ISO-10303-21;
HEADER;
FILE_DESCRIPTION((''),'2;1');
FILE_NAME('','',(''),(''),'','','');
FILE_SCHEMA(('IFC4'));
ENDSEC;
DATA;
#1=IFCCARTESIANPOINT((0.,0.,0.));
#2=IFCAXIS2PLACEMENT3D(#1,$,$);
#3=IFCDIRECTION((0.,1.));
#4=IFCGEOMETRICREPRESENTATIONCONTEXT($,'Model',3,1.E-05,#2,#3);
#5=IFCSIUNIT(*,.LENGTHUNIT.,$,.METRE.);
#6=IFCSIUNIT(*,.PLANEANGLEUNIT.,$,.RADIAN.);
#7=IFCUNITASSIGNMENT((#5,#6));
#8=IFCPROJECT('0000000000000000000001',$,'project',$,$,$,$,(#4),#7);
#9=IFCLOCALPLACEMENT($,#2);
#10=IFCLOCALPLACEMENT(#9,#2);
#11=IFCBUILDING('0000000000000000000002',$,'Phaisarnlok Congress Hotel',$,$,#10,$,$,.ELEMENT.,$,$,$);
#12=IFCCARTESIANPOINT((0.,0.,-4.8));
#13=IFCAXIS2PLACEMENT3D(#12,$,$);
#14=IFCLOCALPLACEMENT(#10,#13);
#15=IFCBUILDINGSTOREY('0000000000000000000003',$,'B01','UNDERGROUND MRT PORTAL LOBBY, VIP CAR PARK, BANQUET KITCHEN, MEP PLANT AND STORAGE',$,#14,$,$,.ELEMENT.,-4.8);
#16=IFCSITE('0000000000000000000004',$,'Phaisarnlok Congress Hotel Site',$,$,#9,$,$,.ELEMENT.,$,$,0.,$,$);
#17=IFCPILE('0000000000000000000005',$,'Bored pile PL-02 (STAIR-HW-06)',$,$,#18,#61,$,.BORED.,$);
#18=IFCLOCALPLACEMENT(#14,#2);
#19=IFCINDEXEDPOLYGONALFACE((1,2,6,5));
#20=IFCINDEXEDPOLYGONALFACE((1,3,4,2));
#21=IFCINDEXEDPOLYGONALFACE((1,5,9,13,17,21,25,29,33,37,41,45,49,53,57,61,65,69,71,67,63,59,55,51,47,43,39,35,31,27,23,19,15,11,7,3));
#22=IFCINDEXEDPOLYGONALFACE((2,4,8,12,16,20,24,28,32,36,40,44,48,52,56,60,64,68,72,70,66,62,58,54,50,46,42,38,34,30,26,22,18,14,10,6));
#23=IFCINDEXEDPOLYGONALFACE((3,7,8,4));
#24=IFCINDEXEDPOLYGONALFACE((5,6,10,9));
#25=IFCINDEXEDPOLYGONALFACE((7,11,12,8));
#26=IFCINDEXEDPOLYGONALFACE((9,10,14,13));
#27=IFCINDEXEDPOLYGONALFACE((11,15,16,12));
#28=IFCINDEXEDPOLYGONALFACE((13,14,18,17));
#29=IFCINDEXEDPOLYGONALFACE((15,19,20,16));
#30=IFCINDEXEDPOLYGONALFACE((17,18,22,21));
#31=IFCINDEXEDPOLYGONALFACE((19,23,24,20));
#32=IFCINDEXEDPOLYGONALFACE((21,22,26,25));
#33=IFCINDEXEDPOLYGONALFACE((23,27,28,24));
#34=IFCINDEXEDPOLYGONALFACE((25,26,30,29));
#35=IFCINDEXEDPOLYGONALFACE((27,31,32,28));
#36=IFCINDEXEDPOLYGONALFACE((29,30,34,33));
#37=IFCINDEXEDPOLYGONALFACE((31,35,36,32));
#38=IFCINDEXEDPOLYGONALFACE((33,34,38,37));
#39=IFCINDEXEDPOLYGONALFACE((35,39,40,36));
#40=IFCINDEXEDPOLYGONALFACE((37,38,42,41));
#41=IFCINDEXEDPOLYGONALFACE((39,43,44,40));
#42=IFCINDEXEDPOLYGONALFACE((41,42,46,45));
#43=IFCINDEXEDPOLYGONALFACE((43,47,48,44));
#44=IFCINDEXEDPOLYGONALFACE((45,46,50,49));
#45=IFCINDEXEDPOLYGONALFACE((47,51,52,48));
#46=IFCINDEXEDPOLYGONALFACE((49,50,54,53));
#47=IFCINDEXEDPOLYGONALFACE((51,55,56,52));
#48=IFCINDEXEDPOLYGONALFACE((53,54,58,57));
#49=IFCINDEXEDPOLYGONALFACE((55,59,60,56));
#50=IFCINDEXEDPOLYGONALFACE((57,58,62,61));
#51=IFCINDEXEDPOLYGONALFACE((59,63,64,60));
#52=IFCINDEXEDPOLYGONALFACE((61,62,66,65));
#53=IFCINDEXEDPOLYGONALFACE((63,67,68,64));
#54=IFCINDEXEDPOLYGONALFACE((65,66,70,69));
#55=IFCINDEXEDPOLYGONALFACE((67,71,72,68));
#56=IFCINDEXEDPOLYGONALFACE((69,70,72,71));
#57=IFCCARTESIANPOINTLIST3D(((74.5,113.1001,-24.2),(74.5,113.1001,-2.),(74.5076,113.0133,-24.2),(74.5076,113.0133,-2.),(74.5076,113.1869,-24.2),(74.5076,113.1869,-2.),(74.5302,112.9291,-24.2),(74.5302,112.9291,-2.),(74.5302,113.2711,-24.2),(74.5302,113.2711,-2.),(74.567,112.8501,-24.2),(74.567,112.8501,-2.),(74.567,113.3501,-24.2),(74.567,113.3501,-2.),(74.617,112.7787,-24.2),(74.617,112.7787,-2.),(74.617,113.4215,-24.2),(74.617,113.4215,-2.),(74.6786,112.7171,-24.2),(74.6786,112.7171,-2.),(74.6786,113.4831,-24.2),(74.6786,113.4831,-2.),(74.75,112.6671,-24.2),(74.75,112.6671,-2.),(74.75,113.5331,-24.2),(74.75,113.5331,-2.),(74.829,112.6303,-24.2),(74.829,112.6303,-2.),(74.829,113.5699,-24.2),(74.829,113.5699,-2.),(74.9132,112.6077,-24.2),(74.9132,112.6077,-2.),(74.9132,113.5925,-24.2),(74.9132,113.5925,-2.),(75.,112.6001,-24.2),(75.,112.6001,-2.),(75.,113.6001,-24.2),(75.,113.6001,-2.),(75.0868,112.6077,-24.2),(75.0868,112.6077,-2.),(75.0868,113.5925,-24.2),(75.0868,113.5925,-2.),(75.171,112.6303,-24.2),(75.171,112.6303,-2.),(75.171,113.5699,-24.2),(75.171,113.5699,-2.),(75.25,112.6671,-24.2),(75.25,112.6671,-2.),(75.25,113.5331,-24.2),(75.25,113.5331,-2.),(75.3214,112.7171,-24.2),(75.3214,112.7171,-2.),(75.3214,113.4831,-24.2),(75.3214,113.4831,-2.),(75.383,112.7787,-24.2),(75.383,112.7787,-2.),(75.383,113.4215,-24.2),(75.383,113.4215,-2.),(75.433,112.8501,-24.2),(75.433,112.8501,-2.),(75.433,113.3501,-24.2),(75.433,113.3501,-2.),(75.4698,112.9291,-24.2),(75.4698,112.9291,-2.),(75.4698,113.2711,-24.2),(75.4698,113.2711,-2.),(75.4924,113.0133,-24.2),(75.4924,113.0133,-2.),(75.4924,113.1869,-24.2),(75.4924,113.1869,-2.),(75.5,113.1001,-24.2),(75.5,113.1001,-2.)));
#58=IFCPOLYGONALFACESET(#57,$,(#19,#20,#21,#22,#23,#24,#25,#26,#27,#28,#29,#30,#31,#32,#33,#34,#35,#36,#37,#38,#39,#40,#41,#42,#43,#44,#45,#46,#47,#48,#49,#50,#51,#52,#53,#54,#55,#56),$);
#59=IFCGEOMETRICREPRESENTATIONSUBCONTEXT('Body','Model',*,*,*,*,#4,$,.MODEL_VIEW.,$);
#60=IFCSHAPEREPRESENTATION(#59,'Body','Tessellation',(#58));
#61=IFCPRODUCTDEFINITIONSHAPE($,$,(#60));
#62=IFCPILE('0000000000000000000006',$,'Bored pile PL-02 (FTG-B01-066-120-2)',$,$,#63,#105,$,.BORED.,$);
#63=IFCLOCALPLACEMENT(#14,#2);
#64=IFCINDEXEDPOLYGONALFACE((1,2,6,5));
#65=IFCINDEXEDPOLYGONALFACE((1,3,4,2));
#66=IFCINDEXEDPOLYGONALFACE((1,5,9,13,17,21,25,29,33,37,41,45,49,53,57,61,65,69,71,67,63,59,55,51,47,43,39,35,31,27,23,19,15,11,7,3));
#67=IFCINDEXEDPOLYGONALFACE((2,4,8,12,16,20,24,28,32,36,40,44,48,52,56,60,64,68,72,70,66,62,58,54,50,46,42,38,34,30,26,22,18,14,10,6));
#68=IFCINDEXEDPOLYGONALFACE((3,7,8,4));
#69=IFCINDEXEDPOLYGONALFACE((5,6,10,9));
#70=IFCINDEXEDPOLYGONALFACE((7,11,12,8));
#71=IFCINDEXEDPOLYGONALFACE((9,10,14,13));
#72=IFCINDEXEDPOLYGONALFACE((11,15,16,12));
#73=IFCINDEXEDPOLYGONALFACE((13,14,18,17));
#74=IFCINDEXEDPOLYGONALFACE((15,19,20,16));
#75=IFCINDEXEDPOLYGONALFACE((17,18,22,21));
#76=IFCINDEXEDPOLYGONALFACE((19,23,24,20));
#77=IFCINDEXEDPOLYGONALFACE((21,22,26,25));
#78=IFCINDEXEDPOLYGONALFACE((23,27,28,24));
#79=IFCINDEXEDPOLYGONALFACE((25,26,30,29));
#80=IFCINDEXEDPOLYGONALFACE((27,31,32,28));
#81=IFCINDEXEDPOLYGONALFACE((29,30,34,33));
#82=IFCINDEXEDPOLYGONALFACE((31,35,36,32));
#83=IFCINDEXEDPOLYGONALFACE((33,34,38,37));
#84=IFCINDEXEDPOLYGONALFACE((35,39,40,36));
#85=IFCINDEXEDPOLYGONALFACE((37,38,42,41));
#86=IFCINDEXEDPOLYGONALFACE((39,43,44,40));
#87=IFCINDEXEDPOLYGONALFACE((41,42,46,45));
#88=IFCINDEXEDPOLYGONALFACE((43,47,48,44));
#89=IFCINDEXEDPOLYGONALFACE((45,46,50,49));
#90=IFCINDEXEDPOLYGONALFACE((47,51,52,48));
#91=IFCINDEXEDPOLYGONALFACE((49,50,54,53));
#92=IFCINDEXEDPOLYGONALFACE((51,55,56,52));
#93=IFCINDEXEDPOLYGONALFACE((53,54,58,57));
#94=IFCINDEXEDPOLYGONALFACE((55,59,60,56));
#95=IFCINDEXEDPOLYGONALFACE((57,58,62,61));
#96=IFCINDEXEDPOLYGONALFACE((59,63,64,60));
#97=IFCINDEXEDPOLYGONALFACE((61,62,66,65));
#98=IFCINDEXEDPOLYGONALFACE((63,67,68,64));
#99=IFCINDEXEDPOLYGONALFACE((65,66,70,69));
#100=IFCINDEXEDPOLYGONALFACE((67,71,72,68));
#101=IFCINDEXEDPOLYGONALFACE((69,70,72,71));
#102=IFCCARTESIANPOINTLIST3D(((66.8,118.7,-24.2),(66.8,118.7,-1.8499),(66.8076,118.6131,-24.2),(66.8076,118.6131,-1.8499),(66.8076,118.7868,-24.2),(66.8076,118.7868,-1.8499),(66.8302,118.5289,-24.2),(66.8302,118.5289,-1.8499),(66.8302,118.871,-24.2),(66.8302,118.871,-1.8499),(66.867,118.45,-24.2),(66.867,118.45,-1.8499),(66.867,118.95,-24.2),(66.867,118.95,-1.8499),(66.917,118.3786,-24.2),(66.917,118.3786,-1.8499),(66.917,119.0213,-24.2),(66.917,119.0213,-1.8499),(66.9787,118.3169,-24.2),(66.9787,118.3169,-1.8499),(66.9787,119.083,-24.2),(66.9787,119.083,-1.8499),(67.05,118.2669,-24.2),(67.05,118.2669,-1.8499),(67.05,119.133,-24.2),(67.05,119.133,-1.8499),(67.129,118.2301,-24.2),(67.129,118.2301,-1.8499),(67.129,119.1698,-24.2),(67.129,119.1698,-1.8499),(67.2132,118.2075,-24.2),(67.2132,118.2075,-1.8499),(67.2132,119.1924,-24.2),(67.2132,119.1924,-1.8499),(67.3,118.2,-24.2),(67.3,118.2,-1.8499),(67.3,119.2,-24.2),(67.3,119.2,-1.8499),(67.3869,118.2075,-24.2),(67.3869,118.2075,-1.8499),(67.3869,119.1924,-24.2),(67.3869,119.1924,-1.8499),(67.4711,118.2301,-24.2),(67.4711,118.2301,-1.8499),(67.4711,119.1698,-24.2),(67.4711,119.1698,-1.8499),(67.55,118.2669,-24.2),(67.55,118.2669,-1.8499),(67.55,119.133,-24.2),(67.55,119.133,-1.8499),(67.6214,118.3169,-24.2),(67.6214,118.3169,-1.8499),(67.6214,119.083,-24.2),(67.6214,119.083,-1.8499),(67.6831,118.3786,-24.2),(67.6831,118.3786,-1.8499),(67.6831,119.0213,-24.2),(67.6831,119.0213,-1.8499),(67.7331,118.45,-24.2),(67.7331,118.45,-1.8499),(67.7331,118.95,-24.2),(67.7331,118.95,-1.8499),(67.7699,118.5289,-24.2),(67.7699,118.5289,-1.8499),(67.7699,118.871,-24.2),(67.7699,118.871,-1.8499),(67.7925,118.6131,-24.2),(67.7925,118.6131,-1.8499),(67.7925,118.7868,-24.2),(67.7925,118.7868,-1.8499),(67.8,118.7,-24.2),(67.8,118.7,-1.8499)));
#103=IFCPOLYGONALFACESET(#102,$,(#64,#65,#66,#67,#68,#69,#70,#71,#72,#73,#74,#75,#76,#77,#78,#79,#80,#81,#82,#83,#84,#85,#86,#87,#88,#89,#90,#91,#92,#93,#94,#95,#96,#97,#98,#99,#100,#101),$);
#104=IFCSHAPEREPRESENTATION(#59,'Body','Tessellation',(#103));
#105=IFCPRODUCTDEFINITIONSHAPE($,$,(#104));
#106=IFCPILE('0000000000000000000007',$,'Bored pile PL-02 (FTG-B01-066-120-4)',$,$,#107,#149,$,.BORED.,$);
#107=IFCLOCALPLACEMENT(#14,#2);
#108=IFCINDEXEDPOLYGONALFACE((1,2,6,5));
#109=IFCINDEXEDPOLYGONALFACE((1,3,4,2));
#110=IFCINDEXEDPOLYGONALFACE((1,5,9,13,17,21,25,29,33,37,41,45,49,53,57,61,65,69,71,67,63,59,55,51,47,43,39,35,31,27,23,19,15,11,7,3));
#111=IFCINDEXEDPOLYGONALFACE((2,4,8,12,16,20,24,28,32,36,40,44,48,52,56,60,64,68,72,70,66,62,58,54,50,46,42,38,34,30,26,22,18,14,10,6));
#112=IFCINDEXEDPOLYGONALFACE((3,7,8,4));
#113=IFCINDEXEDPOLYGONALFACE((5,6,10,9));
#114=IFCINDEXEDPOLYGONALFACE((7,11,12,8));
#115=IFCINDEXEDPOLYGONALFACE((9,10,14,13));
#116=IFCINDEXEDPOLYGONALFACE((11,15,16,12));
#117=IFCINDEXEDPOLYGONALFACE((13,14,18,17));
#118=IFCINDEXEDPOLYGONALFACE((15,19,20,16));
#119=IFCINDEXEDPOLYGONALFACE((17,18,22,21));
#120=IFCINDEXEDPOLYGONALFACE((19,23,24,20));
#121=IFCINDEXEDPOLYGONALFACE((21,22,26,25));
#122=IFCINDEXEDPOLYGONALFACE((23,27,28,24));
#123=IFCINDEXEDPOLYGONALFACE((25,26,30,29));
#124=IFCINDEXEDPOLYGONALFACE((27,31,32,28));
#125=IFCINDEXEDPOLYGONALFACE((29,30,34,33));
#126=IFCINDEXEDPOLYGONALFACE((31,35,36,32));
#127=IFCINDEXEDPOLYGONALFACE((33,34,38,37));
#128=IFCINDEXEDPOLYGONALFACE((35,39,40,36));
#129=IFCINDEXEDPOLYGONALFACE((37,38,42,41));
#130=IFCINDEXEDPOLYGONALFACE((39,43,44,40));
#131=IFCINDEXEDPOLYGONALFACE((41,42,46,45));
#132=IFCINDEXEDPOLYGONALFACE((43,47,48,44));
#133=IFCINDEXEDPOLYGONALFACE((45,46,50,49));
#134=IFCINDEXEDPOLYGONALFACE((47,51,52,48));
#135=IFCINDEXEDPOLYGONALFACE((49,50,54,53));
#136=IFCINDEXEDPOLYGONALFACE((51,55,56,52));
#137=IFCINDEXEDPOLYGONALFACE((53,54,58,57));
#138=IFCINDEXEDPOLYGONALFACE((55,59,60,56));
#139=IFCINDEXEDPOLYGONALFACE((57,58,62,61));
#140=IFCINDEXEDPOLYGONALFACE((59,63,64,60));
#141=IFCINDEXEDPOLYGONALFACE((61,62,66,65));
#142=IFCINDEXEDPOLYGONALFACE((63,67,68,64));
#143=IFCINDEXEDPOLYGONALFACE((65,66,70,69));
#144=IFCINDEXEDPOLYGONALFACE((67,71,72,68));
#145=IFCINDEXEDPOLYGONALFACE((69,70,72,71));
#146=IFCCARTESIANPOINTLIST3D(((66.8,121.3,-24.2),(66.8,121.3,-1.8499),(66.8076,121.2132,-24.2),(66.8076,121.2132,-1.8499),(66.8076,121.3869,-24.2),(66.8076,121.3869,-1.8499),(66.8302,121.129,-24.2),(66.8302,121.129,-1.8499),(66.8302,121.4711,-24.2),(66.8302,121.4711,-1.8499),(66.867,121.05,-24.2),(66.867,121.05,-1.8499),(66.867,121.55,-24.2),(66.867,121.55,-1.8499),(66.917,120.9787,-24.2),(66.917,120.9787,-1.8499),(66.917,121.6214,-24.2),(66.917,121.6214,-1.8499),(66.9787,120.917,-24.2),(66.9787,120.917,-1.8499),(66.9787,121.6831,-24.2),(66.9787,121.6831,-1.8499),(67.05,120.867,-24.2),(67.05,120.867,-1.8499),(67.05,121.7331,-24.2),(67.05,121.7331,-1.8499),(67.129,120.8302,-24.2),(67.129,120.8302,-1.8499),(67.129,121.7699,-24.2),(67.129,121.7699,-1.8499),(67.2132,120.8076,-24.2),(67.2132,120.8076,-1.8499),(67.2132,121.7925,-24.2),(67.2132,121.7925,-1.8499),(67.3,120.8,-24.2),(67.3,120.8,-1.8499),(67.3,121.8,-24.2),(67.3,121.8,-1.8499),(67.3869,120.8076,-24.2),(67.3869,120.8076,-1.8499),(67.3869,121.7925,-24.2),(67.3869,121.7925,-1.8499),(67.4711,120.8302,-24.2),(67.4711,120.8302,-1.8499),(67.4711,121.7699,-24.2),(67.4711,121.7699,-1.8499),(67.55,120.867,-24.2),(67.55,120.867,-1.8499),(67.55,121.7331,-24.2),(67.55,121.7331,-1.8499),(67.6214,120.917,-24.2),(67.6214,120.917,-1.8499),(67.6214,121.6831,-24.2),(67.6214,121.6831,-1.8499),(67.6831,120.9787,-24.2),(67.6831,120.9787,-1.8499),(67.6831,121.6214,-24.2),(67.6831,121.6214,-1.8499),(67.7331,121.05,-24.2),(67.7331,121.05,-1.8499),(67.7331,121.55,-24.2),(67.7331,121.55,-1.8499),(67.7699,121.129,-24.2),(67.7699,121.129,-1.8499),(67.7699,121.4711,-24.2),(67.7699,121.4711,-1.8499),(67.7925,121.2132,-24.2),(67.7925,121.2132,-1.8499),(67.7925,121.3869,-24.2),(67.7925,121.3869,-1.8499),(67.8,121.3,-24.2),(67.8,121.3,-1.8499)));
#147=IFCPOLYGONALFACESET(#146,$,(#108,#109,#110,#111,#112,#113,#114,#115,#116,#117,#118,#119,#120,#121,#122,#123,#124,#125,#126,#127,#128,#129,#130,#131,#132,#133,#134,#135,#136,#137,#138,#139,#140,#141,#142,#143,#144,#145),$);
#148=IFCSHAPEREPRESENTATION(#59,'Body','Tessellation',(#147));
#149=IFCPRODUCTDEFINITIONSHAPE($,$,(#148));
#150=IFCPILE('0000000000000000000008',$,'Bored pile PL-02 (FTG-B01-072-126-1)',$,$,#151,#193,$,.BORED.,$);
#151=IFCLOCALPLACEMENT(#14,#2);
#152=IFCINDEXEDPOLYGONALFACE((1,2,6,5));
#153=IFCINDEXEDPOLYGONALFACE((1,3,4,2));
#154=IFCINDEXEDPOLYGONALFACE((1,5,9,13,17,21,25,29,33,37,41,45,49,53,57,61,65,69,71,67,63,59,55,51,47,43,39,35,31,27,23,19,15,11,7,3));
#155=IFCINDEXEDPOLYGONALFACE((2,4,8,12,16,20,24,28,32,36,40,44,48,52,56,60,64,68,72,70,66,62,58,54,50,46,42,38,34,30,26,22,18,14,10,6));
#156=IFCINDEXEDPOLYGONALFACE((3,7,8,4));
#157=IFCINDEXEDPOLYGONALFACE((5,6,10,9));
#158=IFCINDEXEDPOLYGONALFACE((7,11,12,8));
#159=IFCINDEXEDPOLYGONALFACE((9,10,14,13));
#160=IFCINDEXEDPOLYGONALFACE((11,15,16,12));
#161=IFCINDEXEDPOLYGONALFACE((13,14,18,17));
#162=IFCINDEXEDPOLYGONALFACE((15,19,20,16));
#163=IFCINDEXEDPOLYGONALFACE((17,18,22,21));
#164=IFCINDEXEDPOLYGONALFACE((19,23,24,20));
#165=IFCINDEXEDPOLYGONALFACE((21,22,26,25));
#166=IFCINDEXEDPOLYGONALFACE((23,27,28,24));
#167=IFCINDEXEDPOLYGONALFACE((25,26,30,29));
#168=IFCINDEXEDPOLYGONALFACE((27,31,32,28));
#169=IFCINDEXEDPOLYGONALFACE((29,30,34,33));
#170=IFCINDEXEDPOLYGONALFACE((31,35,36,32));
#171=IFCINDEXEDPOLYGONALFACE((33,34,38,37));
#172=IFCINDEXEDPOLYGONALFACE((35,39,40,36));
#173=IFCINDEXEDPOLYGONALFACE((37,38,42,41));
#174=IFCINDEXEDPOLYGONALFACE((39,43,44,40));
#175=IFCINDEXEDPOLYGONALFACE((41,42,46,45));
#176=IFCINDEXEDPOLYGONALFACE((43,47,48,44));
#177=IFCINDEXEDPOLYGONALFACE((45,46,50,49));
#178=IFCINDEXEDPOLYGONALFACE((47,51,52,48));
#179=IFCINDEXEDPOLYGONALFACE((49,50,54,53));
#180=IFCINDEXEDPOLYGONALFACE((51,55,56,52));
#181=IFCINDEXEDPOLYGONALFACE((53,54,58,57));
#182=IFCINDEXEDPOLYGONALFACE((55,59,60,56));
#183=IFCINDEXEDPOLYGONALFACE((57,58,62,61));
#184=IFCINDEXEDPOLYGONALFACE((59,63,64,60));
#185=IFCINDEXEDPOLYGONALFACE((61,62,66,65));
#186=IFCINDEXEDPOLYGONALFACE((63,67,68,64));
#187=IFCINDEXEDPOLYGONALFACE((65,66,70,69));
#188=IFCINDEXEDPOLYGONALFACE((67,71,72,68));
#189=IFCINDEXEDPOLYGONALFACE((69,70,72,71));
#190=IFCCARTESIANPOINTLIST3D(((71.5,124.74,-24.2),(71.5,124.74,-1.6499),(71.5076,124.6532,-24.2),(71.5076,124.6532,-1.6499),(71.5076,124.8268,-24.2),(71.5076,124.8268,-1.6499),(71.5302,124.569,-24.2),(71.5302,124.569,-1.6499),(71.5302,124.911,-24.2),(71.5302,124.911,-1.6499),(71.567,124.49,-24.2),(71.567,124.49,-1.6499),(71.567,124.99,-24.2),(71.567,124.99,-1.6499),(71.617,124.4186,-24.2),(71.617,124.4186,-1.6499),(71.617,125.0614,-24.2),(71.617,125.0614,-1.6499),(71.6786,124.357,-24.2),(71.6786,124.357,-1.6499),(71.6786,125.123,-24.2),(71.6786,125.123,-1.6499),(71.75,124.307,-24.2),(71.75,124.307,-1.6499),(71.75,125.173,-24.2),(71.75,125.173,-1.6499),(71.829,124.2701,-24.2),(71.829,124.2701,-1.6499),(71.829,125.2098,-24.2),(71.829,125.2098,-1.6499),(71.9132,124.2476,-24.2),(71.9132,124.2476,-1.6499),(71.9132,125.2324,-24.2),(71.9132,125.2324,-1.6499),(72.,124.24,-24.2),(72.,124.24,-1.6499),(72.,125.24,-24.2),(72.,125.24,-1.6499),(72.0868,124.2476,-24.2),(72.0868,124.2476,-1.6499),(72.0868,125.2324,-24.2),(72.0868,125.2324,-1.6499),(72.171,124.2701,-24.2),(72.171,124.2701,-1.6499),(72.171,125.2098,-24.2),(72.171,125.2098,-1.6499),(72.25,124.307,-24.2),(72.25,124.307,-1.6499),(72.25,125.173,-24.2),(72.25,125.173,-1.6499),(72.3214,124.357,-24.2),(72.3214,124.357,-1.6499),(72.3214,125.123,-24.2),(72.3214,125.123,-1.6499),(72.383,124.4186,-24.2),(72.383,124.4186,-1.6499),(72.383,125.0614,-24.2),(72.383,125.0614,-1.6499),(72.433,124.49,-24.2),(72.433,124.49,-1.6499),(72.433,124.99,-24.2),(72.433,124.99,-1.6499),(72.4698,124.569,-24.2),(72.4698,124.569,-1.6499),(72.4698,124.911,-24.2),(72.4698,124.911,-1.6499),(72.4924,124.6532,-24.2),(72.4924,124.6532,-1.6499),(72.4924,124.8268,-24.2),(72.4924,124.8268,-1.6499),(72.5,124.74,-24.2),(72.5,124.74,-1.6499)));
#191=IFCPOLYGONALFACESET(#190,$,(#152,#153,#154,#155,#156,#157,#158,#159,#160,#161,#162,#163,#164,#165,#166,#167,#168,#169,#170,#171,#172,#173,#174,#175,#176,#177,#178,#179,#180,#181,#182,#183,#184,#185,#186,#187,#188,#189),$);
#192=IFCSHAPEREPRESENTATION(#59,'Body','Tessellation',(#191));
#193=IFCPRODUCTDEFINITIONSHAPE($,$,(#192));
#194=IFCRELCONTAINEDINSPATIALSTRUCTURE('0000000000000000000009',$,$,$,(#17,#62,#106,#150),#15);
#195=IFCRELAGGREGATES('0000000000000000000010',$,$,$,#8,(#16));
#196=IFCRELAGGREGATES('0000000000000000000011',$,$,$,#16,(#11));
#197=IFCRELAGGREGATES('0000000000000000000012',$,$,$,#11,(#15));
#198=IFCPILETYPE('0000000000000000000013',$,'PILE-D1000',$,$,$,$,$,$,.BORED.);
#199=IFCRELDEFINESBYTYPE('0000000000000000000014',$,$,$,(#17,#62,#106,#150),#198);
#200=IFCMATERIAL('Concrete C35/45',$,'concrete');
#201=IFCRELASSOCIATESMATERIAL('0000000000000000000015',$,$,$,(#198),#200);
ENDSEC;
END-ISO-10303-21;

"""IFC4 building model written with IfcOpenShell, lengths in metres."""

from ifc_helpers import new_model, si_unit, direction, frame, origin, origin_2d, place, context, subcontext, project, spatial, circle, extrude, material, material_profile, profile_set, type_object, element, save


model = new_model("IFC4")

# Units and contexts
model_context = context("Model", 3, precision=1e-05, world=origin(), true_north=direction((0.0, 1.0)))
body_context = subcontext(model_context, "Body", "Model", "MODEL_VIEW")
ifc_project = project(units=[si_unit("LENGTHUNIT", "METRE"), si_unit("PLANEANGLEUNIT", "RADIAN")], contexts=[model_context])

# Site, building, storey
site_placement = place(None, origin())
site = spatial("IfcSite", under=ifc_project, at=site_placement, Name="Phaisarnlok Congress Hotel Site", CompositionType="ELEMENT", RefElevation=0.0)
building_placement = place(site_placement, origin())
building = spatial("IfcBuilding", under=site, at=building_placement, Name="Phaisarnlok Congress Hotel", CompositionType="ELEMENT")
storey_placement = place(building_placement, frame((0.0, 0.0, -4.8)))
storey = spatial("IfcBuildingStorey", under=building, at=storey_placement, Name="B01", Description="UNDERGROUND MRT PORTAL LOBBY, VIP CAR PARK, BANQUET KITCHEN, MEP PLANT AND STORAGE", CompositionType="ELEMENT", Elevation=-4.8)

# Piles
ifc_material_1 = material(Name="Concrete C35/45", Category="concrete")
ifc_material_profile_1 = material_profile(ifc_material_1, circle(Radius=0.5, at=origin_2d()), Name="BORED PILE D1000")
ifc_profile_set_1 = profile_set([ifc_material_profile_1], Name="Concrete C35/45")
pile_type_1 = type_object("IfcPileType", Name="PILE-D1000", PredefinedType="BORED", material=ifc_profile_set_1)
for number, where, z_axis, x_axis, name in (
    (1, (75.0, 113.1001, -2.0), (0.0, 0.0, -1.0), (1.0, 0.0, 0.0), "Bored pile PL-02 (STAIR-HW-06)"),
):
    element("IfcPile", number, at=place(storey_placement, frame(where, z_axis=z_axis, x_axis=x_axis)), inside=storey, type_object=pile_type_1, Name=name, PredefinedType="BORED", context=body_context, shape_type="SweptSolid", body=[
        extrude(circle(Radius=0.5, at=origin_2d()), origin(), (0.0, 0.0, 1.0), 22.2),
    ])
for number, where, z_axis, x_axis, name in (
    (2, (67.3, 118.7, -1.8499), (0.0, 0.0, -1.0), (1.0, 0.0, 0.0), "Bored pile PL-02 (FTG-B01-066-120-2)"),
    (3, (67.3, 121.3, -1.8499), (0.0, 0.0, -1.0), (1.0, 0.0, 0.0), "Bored pile PL-02 (FTG-B01-066-120-4)"),
):
    element("IfcPile", number, at=place(storey_placement, frame(where, z_axis=z_axis, x_axis=x_axis)), inside=storey, type_object=pile_type_1, Name=name, PredefinedType="BORED", context=body_context, shape_type="SweptSolid", body=[
        extrude(circle(Radius=0.5, at=origin_2d()), origin(), (0.0, 0.0, 1.0), 22.3501),
    ])
for number, where, z_axis, x_axis, name in (
    (4, (72.0, 124.74, -1.6499), (0.0, 0.0, -1.0), (1.0, 0.0, 0.0), "Bored pile PL-02 (FTG-B01-072-126-1)"),
):
    element("IfcPile", number, at=place(storey_placement, frame(where, z_axis=z_axis, x_axis=x_axis)), inside=storey, type_object=pile_type_1, Name=name, PredefinedType="BORED", context=body_context, shape_type="SweptSolid", body=[
        extrude(circle(Radius=0.5, at=origin_2d()), origin(), (0.0, 0.0, 1.0), 22.55),
    ])

save(model, "model.ifc")
